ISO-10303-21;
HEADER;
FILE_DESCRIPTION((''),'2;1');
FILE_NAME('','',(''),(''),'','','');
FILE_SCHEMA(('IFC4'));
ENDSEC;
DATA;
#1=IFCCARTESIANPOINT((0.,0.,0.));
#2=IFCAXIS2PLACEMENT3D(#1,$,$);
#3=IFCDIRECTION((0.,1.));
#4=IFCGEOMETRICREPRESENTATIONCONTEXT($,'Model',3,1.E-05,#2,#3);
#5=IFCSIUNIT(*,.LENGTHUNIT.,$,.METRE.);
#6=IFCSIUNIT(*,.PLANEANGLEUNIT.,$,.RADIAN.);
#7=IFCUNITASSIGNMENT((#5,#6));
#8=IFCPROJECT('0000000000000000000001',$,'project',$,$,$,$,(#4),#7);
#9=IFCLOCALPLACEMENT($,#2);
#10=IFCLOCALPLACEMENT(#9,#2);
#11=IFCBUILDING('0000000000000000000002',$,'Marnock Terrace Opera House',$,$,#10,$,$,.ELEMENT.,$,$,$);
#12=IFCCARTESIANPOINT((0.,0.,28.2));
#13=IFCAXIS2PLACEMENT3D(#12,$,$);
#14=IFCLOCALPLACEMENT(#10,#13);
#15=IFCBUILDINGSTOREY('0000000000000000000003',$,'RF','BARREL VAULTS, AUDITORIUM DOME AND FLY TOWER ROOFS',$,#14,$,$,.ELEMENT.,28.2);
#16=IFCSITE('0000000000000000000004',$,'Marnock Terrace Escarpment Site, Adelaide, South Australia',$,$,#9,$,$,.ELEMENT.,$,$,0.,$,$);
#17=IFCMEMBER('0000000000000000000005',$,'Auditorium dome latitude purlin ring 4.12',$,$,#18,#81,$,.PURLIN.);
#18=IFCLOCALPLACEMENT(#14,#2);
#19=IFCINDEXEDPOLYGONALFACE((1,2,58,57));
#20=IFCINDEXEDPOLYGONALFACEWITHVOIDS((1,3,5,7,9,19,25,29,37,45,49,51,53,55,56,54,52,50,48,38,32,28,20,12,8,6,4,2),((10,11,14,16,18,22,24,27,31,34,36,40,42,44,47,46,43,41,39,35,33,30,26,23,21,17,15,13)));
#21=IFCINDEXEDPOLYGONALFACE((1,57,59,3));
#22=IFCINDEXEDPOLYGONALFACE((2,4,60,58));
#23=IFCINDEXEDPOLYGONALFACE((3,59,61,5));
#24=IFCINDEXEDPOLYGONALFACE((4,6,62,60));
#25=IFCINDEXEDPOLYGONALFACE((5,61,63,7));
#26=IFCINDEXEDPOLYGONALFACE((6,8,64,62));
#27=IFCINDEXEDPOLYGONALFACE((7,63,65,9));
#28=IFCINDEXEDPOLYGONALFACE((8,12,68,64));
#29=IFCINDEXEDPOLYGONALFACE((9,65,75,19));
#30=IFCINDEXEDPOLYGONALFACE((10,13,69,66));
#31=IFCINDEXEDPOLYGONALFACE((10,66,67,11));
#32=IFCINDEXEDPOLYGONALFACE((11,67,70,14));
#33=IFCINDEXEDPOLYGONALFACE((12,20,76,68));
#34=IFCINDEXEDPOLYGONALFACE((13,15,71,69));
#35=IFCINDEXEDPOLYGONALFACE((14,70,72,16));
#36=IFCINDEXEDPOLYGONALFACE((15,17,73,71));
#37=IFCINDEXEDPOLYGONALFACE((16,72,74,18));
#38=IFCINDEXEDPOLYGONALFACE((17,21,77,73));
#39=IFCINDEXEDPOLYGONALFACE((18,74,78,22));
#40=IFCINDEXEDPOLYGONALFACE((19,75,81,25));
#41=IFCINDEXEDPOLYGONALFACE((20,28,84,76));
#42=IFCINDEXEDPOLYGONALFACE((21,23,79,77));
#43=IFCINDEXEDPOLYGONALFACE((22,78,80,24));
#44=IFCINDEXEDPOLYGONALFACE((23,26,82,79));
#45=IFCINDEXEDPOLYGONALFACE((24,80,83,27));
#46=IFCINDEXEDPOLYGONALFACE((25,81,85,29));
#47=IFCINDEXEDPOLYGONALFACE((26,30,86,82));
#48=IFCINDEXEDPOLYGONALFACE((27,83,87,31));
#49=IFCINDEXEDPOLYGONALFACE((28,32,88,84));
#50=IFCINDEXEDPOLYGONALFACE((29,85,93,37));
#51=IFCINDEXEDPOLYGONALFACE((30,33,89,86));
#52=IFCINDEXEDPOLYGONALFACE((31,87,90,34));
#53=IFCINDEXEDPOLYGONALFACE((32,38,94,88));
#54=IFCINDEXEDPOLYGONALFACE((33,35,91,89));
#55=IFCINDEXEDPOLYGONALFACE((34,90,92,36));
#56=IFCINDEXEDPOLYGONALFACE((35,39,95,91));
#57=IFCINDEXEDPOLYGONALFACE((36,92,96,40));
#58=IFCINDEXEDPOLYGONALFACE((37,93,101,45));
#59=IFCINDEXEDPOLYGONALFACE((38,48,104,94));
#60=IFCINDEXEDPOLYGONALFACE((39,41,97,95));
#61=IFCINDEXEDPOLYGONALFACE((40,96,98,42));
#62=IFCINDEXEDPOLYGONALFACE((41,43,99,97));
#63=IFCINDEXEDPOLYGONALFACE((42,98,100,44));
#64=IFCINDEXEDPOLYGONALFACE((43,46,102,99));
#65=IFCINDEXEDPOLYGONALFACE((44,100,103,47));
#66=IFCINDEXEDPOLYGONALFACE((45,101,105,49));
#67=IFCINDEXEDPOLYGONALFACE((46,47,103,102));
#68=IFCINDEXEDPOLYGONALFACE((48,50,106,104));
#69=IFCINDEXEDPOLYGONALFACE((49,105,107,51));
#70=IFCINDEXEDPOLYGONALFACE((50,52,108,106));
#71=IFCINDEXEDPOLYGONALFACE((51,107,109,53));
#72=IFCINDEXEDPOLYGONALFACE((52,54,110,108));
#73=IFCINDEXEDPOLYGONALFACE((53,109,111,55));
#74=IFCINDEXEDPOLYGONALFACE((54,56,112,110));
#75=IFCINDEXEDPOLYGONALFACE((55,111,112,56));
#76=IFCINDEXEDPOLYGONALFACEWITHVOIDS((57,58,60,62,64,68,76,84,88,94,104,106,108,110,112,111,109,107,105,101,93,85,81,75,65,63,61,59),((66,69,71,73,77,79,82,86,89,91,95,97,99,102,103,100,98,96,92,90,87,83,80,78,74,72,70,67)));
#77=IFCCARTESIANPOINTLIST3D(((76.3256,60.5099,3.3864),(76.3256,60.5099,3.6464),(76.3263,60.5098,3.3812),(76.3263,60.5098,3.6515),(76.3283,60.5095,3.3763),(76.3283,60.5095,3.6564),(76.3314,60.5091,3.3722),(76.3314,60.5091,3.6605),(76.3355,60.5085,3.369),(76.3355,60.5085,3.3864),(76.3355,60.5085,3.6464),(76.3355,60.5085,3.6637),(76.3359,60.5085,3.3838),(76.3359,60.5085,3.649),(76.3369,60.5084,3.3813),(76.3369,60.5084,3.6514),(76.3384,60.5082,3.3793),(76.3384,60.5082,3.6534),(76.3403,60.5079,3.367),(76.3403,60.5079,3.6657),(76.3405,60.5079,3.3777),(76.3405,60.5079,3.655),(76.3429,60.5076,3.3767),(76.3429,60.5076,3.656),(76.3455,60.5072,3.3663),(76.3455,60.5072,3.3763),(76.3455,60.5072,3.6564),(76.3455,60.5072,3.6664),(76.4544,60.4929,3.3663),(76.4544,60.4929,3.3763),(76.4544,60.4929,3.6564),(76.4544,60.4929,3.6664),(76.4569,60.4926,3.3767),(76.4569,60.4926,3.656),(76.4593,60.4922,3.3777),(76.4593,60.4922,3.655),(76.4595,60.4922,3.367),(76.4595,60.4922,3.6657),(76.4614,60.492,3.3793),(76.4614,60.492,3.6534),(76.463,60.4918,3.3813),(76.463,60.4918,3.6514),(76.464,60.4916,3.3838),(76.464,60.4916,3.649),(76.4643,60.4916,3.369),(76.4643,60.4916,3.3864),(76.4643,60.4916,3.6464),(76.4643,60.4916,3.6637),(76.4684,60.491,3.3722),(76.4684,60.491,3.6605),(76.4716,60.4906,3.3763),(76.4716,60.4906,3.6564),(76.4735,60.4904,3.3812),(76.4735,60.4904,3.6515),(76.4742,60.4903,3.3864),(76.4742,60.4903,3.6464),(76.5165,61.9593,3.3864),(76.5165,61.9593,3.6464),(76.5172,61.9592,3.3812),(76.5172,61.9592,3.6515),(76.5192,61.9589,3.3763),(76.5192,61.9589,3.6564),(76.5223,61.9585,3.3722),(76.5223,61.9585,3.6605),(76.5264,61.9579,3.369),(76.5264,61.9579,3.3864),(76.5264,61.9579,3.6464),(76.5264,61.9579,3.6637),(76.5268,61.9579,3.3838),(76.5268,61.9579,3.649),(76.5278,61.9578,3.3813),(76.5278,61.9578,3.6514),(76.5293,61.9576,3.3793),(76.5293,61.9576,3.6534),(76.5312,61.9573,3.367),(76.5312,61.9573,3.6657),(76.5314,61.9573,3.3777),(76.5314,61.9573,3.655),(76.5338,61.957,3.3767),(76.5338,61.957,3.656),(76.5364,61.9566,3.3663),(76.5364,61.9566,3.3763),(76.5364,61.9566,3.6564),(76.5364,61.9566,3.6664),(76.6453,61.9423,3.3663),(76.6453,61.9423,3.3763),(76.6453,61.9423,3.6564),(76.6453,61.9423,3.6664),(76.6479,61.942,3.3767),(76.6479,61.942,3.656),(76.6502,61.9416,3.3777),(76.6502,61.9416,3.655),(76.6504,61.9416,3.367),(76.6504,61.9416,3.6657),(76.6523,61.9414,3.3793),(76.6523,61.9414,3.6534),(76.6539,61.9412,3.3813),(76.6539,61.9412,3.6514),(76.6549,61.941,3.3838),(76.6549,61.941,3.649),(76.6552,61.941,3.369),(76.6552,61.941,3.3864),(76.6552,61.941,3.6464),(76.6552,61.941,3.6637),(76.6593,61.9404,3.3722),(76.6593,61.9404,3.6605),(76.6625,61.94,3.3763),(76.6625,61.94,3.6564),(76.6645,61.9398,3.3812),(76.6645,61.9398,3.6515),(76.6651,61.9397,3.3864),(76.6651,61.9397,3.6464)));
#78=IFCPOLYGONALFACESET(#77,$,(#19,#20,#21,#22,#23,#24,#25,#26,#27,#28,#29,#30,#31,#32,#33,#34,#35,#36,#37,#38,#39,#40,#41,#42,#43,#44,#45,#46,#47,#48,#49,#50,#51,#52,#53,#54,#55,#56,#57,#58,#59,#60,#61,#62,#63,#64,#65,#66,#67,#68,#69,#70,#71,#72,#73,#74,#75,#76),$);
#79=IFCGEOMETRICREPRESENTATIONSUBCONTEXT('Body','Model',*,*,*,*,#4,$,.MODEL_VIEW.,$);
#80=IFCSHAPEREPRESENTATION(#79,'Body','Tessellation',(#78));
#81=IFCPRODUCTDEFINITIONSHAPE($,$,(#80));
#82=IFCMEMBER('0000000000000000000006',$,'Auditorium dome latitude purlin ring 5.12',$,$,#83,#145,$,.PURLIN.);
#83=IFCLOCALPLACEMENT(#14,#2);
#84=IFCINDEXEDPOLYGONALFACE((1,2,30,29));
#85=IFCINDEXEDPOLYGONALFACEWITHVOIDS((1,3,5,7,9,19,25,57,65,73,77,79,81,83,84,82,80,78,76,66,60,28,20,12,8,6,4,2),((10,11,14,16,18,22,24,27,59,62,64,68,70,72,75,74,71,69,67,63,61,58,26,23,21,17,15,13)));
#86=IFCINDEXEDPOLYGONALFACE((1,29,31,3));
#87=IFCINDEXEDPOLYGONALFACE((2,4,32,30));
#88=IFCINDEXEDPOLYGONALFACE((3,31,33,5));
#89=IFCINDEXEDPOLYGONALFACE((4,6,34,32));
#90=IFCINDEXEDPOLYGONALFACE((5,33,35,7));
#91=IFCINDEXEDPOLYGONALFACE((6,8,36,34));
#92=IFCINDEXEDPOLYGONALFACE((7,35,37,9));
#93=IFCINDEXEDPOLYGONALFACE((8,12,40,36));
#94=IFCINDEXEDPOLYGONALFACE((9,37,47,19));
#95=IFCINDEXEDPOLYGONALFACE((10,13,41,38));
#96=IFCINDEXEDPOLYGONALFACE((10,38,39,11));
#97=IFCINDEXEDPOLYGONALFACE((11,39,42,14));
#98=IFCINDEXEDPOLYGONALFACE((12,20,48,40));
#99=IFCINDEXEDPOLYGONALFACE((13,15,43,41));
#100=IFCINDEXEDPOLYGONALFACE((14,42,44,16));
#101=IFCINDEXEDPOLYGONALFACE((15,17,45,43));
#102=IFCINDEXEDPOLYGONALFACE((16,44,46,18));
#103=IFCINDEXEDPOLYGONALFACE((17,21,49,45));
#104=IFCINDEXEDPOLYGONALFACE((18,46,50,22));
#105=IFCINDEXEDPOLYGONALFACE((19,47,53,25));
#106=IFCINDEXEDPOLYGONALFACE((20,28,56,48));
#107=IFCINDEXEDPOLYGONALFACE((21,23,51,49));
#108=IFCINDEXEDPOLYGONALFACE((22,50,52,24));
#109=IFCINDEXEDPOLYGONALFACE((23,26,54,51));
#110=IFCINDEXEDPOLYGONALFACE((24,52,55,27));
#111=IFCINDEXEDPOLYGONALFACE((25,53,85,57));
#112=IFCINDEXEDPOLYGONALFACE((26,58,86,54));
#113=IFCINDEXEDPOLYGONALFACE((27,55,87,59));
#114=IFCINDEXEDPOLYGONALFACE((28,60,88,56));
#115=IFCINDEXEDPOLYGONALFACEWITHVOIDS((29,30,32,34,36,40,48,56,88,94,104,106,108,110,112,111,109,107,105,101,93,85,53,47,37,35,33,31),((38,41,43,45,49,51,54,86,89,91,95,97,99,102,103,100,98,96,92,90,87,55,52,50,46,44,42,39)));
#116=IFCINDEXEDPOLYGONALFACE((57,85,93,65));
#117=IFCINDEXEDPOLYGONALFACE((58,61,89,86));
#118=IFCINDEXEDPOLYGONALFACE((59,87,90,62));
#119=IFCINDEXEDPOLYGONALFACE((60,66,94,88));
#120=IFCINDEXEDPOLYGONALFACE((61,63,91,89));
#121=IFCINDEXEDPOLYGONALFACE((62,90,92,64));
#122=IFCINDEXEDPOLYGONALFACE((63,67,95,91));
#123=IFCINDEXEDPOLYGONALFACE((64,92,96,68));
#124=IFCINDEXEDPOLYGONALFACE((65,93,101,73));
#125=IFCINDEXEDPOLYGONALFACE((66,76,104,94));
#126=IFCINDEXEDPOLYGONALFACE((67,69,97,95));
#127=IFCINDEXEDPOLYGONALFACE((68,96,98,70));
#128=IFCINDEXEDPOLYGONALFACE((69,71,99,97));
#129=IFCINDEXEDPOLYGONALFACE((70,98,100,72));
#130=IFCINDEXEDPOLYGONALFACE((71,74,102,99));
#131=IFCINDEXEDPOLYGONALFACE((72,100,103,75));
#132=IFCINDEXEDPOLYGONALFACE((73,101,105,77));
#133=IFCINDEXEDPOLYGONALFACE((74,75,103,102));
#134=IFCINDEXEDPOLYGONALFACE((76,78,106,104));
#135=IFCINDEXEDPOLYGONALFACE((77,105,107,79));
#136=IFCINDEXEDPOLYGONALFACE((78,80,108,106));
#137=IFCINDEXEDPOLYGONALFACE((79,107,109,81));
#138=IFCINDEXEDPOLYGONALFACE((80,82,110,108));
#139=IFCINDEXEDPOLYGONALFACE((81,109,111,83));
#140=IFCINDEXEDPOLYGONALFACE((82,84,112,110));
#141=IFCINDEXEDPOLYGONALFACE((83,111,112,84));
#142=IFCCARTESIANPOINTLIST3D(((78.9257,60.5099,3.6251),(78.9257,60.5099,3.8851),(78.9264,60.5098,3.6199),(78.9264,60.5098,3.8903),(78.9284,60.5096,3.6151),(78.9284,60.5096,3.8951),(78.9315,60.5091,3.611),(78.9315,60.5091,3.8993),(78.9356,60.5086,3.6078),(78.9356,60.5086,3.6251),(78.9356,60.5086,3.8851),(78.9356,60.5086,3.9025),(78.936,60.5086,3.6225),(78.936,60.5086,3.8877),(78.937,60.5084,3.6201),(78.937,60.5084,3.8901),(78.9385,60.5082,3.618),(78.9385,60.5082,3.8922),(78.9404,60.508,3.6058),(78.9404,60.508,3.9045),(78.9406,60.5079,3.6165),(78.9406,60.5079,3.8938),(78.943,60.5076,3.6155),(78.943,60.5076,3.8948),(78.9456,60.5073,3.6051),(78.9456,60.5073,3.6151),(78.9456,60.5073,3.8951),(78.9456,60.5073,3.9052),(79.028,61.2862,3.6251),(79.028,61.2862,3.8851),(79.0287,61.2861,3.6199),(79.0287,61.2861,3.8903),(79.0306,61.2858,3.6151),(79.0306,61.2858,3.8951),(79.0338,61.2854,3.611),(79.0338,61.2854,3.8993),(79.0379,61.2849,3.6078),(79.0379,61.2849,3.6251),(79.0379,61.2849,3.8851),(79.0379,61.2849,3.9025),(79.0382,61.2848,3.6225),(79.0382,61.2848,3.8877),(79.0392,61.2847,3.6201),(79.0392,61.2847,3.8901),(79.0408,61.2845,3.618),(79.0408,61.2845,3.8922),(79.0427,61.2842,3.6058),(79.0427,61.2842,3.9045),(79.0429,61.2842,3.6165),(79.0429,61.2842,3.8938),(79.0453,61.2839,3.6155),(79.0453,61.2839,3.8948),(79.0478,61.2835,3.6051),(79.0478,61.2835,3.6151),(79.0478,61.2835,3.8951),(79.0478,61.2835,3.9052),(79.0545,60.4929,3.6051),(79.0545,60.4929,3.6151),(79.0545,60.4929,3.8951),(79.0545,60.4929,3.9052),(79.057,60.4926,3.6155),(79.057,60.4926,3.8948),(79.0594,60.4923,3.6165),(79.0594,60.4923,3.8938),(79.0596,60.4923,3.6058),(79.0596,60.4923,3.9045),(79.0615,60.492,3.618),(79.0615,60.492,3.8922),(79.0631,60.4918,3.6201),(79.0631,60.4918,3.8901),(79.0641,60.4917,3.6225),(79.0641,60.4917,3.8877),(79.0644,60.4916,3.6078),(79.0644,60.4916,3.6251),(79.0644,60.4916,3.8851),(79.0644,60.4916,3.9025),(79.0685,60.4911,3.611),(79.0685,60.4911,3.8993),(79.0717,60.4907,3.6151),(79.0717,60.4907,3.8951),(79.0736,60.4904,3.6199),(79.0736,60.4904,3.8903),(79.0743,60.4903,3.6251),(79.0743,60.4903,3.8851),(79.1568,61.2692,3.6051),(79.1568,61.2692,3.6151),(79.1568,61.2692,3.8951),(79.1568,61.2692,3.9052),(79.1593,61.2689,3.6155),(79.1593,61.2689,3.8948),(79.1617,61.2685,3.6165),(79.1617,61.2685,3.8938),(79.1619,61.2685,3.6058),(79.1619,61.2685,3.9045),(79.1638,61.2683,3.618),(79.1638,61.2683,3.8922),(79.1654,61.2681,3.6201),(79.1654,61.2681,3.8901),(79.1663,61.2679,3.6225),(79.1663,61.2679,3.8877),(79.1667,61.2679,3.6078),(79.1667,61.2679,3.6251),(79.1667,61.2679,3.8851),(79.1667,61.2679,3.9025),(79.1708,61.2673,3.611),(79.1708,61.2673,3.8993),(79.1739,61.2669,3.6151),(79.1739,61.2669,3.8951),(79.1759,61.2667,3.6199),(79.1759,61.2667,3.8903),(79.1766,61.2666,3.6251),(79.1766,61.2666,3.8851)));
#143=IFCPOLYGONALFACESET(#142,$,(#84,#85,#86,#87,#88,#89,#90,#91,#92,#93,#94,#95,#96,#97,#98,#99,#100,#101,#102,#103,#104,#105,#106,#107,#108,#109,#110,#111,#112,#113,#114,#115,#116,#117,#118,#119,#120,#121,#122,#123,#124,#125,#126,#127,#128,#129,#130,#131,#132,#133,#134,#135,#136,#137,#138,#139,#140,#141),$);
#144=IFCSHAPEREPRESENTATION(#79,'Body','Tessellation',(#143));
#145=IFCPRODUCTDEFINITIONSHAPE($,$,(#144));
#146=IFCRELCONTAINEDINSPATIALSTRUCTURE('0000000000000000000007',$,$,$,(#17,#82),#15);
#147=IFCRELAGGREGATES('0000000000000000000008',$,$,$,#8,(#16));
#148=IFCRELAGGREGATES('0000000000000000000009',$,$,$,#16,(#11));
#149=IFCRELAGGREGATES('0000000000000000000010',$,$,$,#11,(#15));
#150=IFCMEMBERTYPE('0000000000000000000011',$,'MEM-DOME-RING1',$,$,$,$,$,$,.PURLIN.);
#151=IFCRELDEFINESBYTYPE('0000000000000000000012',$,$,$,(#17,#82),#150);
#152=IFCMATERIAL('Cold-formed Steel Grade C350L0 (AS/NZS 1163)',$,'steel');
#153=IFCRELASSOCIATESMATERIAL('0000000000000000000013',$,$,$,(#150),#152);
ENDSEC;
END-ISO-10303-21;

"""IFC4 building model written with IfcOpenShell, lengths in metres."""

from ifc_helpers import new_model, si_unit, direction, frame, origin, origin_2d, place, context, subcontext, project, spatial, hollow_rectangle, extrude, material, material_profile, profile_set, type_object, element, save


model = new_model("IFC4")

# Units and contexts
model_context = context("Model", 3, precision=1e-05, world=origin(), true_north=direction((0.0, 1.0)))
body_context = subcontext(model_context, "Body", "Model", "MODEL_VIEW")
ifc_project = project(units=[si_unit("LENGTHUNIT", "METRE"), si_unit("PLANEANGLEUNIT", "RADIAN")], contexts=[model_context])

# Site, building, storey
site_placement = place(None, origin())
site = spatial("IfcSite", under=ifc_project, at=site_placement, Name="Marnock Terrace Escarpment Site, Adelaide, South Australia", CompositionType="ELEMENT", RefElevation=0.0)
building_placement = place(site_placement, origin())
building = spatial("IfcBuilding", under=site, at=building_placement, Name="Marnock Terrace Opera House", CompositionType="ELEMENT")
storey_placement = place(building_placement, frame((0.0, 0.0, 28.2)))
storey = spatial("IfcBuildingStorey", under=building, at=storey_placement, Name="RF", Description="BARREL VAULTS, AUDITORIUM DOME AND FLY TOWER ROOFS", CompositionType="ELEMENT", Elevation=28.2)

# Members
ifc_material_1 = material(Name="Cold-formed Steel Grade C350L0 (AS/NZS 1163)", Category="steel")
ifc_material_profile_1 = material_profile(ifc_material_1, hollow_rectangle(XDim=0.1499, YDim=0.3, WallThickness=0.01, InnerFilletRadius=0.01, OuterFilletRadius=0.02, at=origin_2d()))
ifc_profile_set_1 = profile_set([ifc_material_profile_1], Name="Cold-formed Steel Grade C350L0 (AS/NZS 1163)")
member_type_1 = type_object("IfcMemberType", Name="MEM-DOME-RING1", PredefinedType="PURLIN", material=ifc_profile_set_1)
member_1_placement = place(storey_placement, frame((76.5908, 61.9495, 3.5164), z_axis=(-0.130588, -0.991437, 0.0), x_axis=(0.991437, -0.130588, 0.0)))
element("IfcMember", 1, at=member_1_placement, inside=storey, type_object=member_type_1, Name="Auditorium dome latitude purlin ring 4.12", PredefinedType="PURLIN", context=body_context, shape_type="SweptSolid", body=[
    extrude(hollow_rectangle(XDim=0.1499, YDim=0.3, WallThickness=0.01, InnerFilletRadius=0.01, OuterFilletRadius=0.02, at=origin_2d()), origin(), (0.0, 0.0, 1.0), 1.4619),
])
member_2_placement = place(storey_placement, frame((79.1023, 61.2764, 3.7551), z_axis=(-0.130632, -0.991431, 0.0), x_axis=(0.991431, -0.130632, 0.0)))
element("IfcMember", 2, at=member_2_placement, inside=storey, type_object=member_type_1, Name="Auditorium dome latitude purlin ring 5.12", PredefinedType="PURLIN", context=body_context, shape_type="SweptSolid", body=[
    extrude(hollow_rectangle(XDim=0.1499, YDim=0.3, WallThickness=0.01, InnerFilletRadius=0.01, OuterFilletRadius=0.02, at=origin_2d()), origin(), (0.0, 0.0, 1.0), 0.783),
])

save(model, "model.ifc")
